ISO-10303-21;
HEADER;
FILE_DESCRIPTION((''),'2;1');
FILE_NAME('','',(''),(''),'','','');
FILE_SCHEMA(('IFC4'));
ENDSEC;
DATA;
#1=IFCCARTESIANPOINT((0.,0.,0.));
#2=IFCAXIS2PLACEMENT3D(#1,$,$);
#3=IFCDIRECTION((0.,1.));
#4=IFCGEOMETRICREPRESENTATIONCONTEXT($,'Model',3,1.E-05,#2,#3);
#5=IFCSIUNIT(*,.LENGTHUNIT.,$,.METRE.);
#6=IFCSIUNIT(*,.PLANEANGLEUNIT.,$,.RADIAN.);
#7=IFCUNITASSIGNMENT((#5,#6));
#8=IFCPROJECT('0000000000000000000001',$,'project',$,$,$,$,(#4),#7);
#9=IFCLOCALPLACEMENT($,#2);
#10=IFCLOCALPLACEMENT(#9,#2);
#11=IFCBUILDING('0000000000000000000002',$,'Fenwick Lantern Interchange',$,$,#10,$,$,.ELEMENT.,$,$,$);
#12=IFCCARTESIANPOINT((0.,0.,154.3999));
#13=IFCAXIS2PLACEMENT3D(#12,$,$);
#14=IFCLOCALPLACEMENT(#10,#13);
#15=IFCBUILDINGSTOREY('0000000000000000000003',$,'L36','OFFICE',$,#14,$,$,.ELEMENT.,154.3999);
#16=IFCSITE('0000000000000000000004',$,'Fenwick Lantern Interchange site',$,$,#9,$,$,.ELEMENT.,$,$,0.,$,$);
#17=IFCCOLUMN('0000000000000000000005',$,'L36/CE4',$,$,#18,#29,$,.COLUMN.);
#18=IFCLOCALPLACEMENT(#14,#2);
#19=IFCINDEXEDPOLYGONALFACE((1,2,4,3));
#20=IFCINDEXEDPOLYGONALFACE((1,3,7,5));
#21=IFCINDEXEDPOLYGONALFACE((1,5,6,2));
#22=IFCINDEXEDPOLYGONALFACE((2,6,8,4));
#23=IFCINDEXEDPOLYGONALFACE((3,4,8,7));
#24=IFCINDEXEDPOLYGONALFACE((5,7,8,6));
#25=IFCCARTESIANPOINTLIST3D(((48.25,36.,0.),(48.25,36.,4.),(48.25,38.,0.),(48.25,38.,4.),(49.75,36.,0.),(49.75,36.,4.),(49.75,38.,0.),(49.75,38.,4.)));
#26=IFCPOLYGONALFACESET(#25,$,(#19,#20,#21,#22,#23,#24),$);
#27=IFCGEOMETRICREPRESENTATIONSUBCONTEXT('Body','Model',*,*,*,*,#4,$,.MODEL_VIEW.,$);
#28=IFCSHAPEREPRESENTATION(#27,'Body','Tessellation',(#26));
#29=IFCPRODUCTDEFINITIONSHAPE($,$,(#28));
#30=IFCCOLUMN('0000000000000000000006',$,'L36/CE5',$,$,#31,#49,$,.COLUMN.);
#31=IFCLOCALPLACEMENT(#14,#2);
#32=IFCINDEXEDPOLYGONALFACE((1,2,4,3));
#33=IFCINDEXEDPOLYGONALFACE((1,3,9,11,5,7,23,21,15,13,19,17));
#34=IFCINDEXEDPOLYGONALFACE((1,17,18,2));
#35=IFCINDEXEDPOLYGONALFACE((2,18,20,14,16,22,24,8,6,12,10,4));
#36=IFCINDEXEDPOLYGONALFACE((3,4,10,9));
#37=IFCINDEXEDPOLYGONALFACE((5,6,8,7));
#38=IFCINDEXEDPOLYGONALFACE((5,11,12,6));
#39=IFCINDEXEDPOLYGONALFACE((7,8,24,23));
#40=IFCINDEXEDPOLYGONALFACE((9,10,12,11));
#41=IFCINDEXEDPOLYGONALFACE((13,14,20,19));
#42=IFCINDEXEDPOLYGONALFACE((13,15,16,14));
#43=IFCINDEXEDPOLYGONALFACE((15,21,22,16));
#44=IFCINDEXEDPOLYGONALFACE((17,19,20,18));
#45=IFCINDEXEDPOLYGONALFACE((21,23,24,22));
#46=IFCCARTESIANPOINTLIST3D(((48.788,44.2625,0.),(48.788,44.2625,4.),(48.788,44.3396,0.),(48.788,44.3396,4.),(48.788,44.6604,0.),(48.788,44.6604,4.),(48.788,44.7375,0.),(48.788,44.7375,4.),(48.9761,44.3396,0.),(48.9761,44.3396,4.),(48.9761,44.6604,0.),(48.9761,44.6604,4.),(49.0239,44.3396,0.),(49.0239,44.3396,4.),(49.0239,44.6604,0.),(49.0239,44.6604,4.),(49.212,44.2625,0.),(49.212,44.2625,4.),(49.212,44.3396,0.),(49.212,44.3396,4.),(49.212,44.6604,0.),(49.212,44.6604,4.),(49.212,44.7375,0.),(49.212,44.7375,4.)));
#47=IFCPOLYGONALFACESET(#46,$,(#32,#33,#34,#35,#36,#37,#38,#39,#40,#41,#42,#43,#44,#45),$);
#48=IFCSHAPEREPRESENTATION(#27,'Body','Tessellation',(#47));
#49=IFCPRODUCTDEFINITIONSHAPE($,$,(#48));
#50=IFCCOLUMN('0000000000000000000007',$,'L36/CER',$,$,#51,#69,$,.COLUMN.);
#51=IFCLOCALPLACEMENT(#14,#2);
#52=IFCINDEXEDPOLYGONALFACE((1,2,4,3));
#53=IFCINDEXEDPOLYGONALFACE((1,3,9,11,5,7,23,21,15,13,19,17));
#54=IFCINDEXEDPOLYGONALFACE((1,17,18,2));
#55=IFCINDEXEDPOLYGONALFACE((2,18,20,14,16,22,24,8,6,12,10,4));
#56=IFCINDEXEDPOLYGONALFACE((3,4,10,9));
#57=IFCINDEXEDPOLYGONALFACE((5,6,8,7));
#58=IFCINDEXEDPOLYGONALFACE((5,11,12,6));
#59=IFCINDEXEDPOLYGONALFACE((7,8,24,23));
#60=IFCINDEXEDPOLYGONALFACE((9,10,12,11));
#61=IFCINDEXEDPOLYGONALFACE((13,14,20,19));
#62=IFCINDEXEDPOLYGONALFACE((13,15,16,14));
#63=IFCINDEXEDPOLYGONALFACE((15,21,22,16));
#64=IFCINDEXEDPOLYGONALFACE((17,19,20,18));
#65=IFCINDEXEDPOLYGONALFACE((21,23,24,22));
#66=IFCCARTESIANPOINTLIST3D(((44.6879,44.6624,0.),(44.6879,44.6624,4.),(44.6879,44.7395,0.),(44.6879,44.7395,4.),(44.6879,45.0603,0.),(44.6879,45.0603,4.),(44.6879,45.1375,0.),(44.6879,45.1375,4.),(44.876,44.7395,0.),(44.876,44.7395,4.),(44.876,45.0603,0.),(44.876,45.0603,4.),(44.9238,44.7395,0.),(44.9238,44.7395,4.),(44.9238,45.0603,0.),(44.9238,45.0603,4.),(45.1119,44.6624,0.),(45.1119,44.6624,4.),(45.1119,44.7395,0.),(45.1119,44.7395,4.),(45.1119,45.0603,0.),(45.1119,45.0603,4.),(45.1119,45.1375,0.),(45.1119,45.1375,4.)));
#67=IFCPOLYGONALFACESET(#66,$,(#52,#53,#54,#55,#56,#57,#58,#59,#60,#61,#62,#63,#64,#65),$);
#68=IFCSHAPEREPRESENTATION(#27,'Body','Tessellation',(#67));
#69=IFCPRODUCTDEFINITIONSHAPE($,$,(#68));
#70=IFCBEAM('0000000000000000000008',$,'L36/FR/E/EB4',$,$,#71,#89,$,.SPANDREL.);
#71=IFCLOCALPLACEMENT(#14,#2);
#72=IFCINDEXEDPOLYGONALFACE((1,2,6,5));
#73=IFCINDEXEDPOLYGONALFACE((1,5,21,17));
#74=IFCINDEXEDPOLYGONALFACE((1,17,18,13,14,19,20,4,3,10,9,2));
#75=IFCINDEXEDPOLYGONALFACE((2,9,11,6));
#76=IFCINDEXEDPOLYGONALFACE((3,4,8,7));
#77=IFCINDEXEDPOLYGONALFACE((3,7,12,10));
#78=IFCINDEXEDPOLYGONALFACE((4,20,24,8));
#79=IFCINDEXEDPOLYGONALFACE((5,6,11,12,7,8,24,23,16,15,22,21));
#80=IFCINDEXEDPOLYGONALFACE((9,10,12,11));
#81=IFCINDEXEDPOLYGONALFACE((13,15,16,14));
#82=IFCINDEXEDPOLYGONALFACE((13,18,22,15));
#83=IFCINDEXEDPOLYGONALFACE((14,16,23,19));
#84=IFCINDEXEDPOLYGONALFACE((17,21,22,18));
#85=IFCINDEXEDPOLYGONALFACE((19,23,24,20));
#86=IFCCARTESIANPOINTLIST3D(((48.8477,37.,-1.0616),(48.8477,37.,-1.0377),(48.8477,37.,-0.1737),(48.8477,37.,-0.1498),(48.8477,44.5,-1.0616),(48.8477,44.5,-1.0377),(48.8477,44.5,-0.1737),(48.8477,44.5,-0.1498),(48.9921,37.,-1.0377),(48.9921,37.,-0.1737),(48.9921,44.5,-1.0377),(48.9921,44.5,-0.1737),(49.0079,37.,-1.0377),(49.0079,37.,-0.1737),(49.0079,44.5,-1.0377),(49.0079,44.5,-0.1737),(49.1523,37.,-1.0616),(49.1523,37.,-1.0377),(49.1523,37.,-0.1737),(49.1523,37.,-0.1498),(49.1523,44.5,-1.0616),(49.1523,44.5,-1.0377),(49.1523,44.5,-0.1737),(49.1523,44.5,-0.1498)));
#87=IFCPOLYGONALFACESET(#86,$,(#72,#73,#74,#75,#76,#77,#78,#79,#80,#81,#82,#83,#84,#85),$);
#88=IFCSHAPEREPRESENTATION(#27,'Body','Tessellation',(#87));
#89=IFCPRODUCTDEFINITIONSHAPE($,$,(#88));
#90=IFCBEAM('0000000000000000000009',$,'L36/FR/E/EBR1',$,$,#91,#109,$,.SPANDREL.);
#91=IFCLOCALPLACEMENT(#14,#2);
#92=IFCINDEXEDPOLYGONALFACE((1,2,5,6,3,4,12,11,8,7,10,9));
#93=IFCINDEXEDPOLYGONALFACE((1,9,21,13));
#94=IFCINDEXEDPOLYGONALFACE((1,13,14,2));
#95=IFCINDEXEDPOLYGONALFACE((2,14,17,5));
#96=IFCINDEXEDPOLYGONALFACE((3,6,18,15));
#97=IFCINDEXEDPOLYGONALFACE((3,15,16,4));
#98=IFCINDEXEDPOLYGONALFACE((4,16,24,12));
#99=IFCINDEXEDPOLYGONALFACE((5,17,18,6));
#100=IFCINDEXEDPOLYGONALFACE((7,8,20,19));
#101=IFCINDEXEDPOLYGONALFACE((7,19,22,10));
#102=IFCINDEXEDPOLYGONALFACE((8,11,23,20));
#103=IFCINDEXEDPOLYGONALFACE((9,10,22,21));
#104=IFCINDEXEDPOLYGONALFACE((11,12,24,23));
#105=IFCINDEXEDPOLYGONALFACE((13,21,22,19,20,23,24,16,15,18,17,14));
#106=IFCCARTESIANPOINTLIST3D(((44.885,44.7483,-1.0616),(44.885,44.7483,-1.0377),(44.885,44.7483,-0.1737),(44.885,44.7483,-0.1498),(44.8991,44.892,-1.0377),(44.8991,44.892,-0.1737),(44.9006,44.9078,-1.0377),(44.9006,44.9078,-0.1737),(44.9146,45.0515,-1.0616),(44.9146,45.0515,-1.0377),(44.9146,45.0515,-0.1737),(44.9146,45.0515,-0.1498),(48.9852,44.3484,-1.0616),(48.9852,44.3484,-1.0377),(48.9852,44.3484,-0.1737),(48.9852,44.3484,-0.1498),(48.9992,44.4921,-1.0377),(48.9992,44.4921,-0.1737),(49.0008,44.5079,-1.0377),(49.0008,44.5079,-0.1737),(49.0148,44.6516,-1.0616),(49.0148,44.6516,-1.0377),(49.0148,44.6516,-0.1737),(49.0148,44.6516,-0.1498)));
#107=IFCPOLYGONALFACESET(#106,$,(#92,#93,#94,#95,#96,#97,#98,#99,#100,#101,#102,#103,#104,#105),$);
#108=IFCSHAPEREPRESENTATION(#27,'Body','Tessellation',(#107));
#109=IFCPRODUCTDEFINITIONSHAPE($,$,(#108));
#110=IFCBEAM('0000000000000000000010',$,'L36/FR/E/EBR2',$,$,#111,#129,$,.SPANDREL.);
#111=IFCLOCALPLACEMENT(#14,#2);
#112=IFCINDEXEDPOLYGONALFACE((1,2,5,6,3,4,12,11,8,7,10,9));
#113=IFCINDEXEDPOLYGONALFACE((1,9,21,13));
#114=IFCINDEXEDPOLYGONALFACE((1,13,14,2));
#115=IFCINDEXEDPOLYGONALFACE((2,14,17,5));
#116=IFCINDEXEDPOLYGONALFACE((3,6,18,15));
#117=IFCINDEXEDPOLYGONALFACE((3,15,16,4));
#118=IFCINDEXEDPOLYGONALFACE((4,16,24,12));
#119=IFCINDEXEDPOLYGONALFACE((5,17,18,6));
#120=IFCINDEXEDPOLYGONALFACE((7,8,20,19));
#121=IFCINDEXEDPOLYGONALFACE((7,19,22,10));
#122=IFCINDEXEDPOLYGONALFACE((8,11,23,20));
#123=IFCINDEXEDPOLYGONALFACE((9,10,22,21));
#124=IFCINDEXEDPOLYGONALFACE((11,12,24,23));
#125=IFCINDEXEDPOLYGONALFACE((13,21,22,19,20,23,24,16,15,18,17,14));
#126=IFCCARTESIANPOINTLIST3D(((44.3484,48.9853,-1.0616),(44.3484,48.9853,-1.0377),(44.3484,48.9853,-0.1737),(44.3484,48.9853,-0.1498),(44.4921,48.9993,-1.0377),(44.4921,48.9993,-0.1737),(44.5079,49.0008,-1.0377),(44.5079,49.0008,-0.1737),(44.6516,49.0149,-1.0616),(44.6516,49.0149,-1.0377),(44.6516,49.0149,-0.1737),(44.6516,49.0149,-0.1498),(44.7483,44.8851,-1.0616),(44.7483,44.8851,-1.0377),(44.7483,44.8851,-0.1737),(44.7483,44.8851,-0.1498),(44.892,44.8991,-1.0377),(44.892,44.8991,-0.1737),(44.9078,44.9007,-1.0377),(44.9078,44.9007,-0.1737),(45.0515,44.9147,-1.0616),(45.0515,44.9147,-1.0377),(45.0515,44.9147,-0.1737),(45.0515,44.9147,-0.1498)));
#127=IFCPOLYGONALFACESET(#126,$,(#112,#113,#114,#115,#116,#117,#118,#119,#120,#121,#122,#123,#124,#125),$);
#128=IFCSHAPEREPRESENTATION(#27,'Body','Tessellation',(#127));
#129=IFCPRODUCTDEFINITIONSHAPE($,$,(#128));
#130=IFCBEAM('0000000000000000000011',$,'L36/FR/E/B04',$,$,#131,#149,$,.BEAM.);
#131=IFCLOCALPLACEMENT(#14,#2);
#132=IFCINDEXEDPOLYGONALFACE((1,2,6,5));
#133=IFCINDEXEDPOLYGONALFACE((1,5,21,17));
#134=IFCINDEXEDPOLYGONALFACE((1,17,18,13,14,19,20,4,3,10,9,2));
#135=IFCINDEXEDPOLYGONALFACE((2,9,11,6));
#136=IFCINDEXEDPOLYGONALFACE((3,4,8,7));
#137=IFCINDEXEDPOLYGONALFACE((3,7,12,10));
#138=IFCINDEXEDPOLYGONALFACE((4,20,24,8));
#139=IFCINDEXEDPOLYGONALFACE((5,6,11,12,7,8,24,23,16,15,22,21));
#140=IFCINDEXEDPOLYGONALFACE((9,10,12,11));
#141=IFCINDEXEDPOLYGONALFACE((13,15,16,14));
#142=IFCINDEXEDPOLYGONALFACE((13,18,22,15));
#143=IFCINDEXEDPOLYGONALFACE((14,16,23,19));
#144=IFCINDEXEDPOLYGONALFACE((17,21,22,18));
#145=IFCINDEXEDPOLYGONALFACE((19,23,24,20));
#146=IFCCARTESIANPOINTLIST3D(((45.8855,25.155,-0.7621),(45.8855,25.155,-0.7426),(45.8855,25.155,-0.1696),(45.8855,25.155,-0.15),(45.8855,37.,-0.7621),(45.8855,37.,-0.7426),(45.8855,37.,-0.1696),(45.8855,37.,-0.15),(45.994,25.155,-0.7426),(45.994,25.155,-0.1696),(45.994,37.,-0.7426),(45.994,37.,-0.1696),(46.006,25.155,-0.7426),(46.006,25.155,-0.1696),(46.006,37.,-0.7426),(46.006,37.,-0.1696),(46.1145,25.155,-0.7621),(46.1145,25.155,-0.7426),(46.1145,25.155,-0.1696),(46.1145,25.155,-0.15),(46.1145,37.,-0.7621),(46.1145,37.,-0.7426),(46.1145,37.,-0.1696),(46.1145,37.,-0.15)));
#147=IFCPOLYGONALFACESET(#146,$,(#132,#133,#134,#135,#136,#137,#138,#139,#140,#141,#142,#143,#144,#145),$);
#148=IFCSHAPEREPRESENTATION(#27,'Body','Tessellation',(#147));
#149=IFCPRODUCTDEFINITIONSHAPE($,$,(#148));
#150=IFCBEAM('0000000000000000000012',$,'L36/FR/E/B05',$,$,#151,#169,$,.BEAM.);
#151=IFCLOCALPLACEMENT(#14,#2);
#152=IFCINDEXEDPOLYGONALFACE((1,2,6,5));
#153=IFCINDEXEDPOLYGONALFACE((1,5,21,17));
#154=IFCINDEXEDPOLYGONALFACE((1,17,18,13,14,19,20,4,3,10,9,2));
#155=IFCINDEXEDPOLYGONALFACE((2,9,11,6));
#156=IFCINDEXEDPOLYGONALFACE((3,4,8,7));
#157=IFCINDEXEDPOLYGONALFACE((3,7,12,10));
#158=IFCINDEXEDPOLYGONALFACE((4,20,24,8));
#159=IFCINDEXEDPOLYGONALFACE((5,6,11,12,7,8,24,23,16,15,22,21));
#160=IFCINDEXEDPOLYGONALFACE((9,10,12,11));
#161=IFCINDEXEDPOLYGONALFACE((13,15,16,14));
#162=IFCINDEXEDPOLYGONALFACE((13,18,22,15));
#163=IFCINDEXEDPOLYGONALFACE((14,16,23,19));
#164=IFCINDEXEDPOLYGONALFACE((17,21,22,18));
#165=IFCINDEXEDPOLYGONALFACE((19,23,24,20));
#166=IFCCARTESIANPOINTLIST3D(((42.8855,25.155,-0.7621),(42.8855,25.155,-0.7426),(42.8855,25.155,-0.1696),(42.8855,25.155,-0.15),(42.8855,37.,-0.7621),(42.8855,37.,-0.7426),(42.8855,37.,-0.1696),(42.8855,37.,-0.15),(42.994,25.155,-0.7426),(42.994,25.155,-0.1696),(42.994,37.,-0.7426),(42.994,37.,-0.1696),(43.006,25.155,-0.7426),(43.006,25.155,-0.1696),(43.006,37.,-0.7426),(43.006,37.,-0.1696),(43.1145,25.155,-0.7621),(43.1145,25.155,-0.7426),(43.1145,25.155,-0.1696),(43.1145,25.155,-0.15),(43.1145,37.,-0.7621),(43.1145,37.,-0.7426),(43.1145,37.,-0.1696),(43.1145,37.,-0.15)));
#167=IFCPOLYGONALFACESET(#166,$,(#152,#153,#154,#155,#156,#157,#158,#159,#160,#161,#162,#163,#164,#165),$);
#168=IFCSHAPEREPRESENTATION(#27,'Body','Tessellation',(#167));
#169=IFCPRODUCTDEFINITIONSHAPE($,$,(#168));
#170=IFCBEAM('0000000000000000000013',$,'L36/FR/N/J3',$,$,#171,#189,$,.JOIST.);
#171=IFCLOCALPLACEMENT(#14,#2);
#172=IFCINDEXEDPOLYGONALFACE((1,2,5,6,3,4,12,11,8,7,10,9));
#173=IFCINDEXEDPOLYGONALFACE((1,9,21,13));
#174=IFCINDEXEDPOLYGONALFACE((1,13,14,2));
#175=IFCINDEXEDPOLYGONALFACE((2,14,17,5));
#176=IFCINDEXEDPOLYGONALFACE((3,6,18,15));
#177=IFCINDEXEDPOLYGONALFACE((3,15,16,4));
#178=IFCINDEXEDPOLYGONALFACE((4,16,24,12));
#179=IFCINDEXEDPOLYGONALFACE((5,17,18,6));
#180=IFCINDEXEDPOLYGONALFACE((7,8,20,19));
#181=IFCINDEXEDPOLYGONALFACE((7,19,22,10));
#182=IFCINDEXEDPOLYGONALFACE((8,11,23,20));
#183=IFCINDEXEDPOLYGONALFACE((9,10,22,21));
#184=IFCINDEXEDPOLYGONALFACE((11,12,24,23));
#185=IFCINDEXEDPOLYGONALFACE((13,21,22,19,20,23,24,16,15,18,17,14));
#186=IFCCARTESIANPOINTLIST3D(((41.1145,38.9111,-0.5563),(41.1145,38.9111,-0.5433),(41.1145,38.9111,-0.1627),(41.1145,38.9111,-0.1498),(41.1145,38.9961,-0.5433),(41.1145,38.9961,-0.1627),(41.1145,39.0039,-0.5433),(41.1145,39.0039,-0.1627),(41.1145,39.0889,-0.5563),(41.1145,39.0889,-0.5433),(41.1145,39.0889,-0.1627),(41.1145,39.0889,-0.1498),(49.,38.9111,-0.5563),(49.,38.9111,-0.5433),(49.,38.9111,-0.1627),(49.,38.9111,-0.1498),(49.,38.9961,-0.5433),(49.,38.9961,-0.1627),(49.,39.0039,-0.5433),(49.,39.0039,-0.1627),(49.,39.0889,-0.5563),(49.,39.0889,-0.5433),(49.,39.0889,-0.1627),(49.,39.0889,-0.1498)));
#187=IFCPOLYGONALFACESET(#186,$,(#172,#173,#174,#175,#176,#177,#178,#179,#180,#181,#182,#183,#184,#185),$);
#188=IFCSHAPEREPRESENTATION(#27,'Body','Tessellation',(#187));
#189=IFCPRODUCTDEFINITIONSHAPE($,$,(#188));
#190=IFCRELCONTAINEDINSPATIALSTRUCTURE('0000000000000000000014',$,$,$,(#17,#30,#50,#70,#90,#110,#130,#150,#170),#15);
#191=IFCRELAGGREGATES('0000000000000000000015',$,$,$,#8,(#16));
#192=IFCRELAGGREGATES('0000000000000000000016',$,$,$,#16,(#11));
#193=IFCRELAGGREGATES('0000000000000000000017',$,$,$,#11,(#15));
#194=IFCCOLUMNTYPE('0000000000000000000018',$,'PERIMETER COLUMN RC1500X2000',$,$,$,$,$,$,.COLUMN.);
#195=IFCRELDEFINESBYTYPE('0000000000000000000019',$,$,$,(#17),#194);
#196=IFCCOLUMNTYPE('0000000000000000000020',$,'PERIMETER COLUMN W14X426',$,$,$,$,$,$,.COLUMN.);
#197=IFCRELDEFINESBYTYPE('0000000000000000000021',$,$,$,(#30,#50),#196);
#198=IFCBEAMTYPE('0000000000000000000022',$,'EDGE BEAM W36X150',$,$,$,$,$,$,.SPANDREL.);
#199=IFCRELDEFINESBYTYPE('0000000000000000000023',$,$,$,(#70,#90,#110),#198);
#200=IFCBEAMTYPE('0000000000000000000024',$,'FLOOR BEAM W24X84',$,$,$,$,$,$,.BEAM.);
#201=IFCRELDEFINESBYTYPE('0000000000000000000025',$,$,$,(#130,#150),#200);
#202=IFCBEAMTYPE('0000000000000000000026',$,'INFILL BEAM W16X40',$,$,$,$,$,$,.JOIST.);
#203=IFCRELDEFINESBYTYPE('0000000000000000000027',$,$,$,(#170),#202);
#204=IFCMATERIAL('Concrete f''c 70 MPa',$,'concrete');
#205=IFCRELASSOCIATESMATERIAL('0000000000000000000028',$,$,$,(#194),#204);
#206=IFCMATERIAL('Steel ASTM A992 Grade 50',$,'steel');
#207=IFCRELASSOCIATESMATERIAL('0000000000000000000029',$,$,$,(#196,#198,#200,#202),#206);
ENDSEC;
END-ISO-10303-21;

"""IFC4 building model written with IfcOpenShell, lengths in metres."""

from ifc_helpers import new_model, si_unit, direction, frame, origin, origin_2d, place, context, subcontext, project, spatial, rectangle, i_section, extrude, material, material_profile, profile_set, type_object, element, save


model = new_model("IFC4")

# Units and contexts
model_context = context("Model", 3, precision=1e-05, world=origin(), true_north=direction((0.0, 1.0)))
body_context = subcontext(model_context, "Body", "Model", "MODEL_VIEW")
ifc_project = project(units=[si_unit("LENGTHUNIT", "METRE"), si_unit("PLANEANGLEUNIT", "RADIAN")], contexts=[model_context])

# Site, building, storey
site_placement = place(None, origin())
site = spatial("IfcSite", under=ifc_project, at=site_placement, Name="Fenwick Lantern Interchange site", CompositionType="ELEMENT", RefElevation=0.0)
building_placement = place(site_placement, origin())
building = spatial("IfcBuilding", under=site, at=building_placement, Name="Fenwick Lantern Interchange", CompositionType="ELEMENT")
storey_placement = place(building_placement, frame((0.0, 0.0, 154.3999)))
storey = spatial("IfcBuildingStorey", under=building, at=storey_placement, Name="L36", Description="OFFICE", CompositionType="ELEMENT", Elevation=154.3999)

# Columns
ifc_material_1 = material(Name="Concrete f'c 70 MPa", Category="concrete")
ifc_material_profile_1 = material_profile(ifc_material_1, rectangle(XDim=1.5, YDim=2.0, at=origin_2d()), Name="RC1500X2000")
ifc_profile_set_1 = profile_set([ifc_material_profile_1], Name="Concrete f'c 70 MPa")
column_type_1 = type_object("IfcColumnType", Name="PERIMETER COLUMN RC1500X2000", PredefinedType="COLUMN", material=ifc_profile_set_1)
column_placement = place(storey_placement, frame((49.0, 37.0, 0.0), z_axis=(0.0, 0.0, 1.0), x_axis=(1.0, 0.0, 0.0)))
element("IfcColumn", 1, at=column_placement, inside=storey, type_object=column_type_1, Name="L36/CE4", PredefinedType="COLUMN", context=body_context, shape_type="SweptSolid", body=[
    extrude(rectangle(XDim=1.5, YDim=2.0, at=origin_2d()), origin(), (0.0, 0.0, 1.0), 4.0),
])
ifc_material_2 = material(Name="Steel ASTM A992 Grade 50", Category="steel")
ifc_material_profile_2 = material_profile(ifc_material_2, i_section(OverallWidth=0.4241, OverallDepth=0.4751, WebThickness=0.0479, FlangeThickness=0.0771, at=origin_2d()), Name="W14X426")
ifc_profile_set_2 = profile_set([ifc_material_profile_2], Name="Steel ASTM A992 Grade 50")
column_type_2 = type_object("IfcColumnType", Name="PERIMETER COLUMN W14X426", PredefinedType="COLUMN", material=ifc_profile_set_2)
for number, where, z_axis, x_axis, name in (
    (2, (49.0, 44.5, 0.0), (0.0, 0.0, 1.0), (1.0, 0.0, 0.0), "L36/CE5"),
    (3, (44.8999, 44.8999, 0.0), (0.0, 0.0, 1.0), (1.0, 0.0, 0.0), "L36/CER"),
):
    element("IfcColumn", number, at=place(storey_placement, frame(where, z_axis=z_axis, x_axis=x_axis)), inside=storey, type_object=column_type_2, Name=name, PredefinedType="COLUMN", context=body_context, shape_type="SweptSolid", body=[
        extrude(i_section(OverallWidth=0.4241, OverallDepth=0.4751, WebThickness=0.0479, FlangeThickness=0.0771, at=origin_2d()), origin(), (0.0, 0.0, 1.0), 4.0),
    ])

# Beams
ifc_material_profile_3 = material_profile(ifc_material_2, i_section(OverallWidth=0.3047, OverallDepth=0.9119, WebThickness=0.0159, FlangeThickness=0.0239, at=origin_2d()), Name="W36X150")
ifc_profile_set_3 = profile_set([ifc_material_profile_3], Name="Steel ASTM A992 Grade 50")
beam_type_1 = type_object("IfcBeamType", Name="EDGE BEAM W36X150", PredefinedType="SPANDREL", material=ifc_profile_set_3)
beam_1_placement = place(storey_placement, frame((49.0, 37.0, -0.6057), z_axis=(0.0, 1.0, 0.0), x_axis=(-1.0, 0.0, 0.0)))
element("IfcBeam", 4, at=beam_1_placement, inside=storey, type_object=beam_type_1, Name="L36/FR/E/EB4", PredefinedType="SPANDREL", context=body_context, shape_type="SweptSolid", body=[
    extrude(i_section(OverallWidth=0.3047, OverallDepth=0.9119, WebThickness=0.0159, FlangeThickness=0.0239, at=origin_2d()), origin(), (0.0, 0.0, 1.0), 7.5),
])
for number, where, z_axis, x_axis, name in (
    (5, (49.0, 44.5, -0.6057), (-0.995277, 0.097074, 0.0), (-0.097074, -0.995277, 0.0), "L36/FR/E/EBR1"),
    (6, (44.8999, 44.8999, -0.6057), (-0.097074, 0.995277, 0.0), (-0.995277, -0.097074, 0.0), "L36/FR/E/EBR2"),
):
    element("IfcBeam", number, at=place(storey_placement, frame(where, z_axis=z_axis, x_axis=x_axis)), inside=storey, type_object=beam_type_1, Name=name, PredefinedType="SPANDREL", context=body_context, shape_type="SweptSolid", body=[
        extrude(i_section(OverallWidth=0.3047, OverallDepth=0.9119, WebThickness=0.0159, FlangeThickness=0.0239, at=origin_2d()), origin(), (0.0, 0.0, 1.0), 4.1196),
    ])
ifc_material_profile_4 = material_profile(ifc_material_2, i_section(OverallWidth=0.229, OverallDepth=0.6121, WebThickness=0.012, FlangeThickness=0.0195, at=origin_2d()), Name="W24X84")
ifc_profile_set_4 = profile_set([ifc_material_profile_4], Name="Steel ASTM A992 Grade 50")
beam_type_2 = type_object("IfcBeamType", Name="FLOOR BEAM W24X84", PredefinedType="BEAM", material=ifc_profile_set_4)
for number, where, z_axis, x_axis, name in (
    (7, (46.0, 25.155, -0.4561), (0.0, 1.0, 0.0), (-1.0, 0.0, 0.0), "L36/FR/E/B04"),
    (8, (43.0, 25.155, -0.4561), (0.0, 1.0, 0.0), (-1.0, 0.0, 0.0), "L36/FR/E/B05"),
):
    element("IfcBeam", number, at=place(storey_placement, frame(where, z_axis=z_axis, x_axis=x_axis)), inside=storey, type_object=beam_type_2, Name=name, PredefinedType="BEAM", context=body_context, shape_type="SweptSolid", body=[
        extrude(i_section(OverallWidth=0.229, OverallDepth=0.6121, WebThickness=0.012, FlangeThickness=0.0195, at=origin_2d()), origin(), (0.0, 0.0, 1.0), 11.845),
    ])
ifc_material_profile_5 = material_profile(ifc_material_2, i_section(OverallWidth=0.1777, OverallDepth=0.4065, WebThickness=0.0078, FlangeThickness=0.0129, at=origin_2d()), Name="W16X40")
ifc_profile_set_5 = profile_set([ifc_material_profile_5], Name="Steel ASTM A992 Grade 50")
beam_type_3 = type_object("IfcBeamType", Name="INFILL BEAM W16X40", PredefinedType="JOIST", material=ifc_profile_set_5)
beam_2_placement = place(storey_placement, frame((49.0, 39.0, -0.353), z_axis=(-1.0, 0.0, 0.0), x_axis=(0.0, -1.0, 0.0)))
element("IfcBeam", 9, at=beam_2_placement, inside=storey, type_object=beam_type_3, Name="L36/FR/N/J3", PredefinedType="JOIST", context=body_context, shape_type="SweptSolid", body=[
    extrude(i_section(OverallWidth=0.1777, OverallDepth=0.4065, WebThickness=0.0078, FlangeThickness=0.0129, at=origin_2d()), origin(), (0.0, 0.0, 1.0), 7.8855),
])

save(model, "model.ifc")
